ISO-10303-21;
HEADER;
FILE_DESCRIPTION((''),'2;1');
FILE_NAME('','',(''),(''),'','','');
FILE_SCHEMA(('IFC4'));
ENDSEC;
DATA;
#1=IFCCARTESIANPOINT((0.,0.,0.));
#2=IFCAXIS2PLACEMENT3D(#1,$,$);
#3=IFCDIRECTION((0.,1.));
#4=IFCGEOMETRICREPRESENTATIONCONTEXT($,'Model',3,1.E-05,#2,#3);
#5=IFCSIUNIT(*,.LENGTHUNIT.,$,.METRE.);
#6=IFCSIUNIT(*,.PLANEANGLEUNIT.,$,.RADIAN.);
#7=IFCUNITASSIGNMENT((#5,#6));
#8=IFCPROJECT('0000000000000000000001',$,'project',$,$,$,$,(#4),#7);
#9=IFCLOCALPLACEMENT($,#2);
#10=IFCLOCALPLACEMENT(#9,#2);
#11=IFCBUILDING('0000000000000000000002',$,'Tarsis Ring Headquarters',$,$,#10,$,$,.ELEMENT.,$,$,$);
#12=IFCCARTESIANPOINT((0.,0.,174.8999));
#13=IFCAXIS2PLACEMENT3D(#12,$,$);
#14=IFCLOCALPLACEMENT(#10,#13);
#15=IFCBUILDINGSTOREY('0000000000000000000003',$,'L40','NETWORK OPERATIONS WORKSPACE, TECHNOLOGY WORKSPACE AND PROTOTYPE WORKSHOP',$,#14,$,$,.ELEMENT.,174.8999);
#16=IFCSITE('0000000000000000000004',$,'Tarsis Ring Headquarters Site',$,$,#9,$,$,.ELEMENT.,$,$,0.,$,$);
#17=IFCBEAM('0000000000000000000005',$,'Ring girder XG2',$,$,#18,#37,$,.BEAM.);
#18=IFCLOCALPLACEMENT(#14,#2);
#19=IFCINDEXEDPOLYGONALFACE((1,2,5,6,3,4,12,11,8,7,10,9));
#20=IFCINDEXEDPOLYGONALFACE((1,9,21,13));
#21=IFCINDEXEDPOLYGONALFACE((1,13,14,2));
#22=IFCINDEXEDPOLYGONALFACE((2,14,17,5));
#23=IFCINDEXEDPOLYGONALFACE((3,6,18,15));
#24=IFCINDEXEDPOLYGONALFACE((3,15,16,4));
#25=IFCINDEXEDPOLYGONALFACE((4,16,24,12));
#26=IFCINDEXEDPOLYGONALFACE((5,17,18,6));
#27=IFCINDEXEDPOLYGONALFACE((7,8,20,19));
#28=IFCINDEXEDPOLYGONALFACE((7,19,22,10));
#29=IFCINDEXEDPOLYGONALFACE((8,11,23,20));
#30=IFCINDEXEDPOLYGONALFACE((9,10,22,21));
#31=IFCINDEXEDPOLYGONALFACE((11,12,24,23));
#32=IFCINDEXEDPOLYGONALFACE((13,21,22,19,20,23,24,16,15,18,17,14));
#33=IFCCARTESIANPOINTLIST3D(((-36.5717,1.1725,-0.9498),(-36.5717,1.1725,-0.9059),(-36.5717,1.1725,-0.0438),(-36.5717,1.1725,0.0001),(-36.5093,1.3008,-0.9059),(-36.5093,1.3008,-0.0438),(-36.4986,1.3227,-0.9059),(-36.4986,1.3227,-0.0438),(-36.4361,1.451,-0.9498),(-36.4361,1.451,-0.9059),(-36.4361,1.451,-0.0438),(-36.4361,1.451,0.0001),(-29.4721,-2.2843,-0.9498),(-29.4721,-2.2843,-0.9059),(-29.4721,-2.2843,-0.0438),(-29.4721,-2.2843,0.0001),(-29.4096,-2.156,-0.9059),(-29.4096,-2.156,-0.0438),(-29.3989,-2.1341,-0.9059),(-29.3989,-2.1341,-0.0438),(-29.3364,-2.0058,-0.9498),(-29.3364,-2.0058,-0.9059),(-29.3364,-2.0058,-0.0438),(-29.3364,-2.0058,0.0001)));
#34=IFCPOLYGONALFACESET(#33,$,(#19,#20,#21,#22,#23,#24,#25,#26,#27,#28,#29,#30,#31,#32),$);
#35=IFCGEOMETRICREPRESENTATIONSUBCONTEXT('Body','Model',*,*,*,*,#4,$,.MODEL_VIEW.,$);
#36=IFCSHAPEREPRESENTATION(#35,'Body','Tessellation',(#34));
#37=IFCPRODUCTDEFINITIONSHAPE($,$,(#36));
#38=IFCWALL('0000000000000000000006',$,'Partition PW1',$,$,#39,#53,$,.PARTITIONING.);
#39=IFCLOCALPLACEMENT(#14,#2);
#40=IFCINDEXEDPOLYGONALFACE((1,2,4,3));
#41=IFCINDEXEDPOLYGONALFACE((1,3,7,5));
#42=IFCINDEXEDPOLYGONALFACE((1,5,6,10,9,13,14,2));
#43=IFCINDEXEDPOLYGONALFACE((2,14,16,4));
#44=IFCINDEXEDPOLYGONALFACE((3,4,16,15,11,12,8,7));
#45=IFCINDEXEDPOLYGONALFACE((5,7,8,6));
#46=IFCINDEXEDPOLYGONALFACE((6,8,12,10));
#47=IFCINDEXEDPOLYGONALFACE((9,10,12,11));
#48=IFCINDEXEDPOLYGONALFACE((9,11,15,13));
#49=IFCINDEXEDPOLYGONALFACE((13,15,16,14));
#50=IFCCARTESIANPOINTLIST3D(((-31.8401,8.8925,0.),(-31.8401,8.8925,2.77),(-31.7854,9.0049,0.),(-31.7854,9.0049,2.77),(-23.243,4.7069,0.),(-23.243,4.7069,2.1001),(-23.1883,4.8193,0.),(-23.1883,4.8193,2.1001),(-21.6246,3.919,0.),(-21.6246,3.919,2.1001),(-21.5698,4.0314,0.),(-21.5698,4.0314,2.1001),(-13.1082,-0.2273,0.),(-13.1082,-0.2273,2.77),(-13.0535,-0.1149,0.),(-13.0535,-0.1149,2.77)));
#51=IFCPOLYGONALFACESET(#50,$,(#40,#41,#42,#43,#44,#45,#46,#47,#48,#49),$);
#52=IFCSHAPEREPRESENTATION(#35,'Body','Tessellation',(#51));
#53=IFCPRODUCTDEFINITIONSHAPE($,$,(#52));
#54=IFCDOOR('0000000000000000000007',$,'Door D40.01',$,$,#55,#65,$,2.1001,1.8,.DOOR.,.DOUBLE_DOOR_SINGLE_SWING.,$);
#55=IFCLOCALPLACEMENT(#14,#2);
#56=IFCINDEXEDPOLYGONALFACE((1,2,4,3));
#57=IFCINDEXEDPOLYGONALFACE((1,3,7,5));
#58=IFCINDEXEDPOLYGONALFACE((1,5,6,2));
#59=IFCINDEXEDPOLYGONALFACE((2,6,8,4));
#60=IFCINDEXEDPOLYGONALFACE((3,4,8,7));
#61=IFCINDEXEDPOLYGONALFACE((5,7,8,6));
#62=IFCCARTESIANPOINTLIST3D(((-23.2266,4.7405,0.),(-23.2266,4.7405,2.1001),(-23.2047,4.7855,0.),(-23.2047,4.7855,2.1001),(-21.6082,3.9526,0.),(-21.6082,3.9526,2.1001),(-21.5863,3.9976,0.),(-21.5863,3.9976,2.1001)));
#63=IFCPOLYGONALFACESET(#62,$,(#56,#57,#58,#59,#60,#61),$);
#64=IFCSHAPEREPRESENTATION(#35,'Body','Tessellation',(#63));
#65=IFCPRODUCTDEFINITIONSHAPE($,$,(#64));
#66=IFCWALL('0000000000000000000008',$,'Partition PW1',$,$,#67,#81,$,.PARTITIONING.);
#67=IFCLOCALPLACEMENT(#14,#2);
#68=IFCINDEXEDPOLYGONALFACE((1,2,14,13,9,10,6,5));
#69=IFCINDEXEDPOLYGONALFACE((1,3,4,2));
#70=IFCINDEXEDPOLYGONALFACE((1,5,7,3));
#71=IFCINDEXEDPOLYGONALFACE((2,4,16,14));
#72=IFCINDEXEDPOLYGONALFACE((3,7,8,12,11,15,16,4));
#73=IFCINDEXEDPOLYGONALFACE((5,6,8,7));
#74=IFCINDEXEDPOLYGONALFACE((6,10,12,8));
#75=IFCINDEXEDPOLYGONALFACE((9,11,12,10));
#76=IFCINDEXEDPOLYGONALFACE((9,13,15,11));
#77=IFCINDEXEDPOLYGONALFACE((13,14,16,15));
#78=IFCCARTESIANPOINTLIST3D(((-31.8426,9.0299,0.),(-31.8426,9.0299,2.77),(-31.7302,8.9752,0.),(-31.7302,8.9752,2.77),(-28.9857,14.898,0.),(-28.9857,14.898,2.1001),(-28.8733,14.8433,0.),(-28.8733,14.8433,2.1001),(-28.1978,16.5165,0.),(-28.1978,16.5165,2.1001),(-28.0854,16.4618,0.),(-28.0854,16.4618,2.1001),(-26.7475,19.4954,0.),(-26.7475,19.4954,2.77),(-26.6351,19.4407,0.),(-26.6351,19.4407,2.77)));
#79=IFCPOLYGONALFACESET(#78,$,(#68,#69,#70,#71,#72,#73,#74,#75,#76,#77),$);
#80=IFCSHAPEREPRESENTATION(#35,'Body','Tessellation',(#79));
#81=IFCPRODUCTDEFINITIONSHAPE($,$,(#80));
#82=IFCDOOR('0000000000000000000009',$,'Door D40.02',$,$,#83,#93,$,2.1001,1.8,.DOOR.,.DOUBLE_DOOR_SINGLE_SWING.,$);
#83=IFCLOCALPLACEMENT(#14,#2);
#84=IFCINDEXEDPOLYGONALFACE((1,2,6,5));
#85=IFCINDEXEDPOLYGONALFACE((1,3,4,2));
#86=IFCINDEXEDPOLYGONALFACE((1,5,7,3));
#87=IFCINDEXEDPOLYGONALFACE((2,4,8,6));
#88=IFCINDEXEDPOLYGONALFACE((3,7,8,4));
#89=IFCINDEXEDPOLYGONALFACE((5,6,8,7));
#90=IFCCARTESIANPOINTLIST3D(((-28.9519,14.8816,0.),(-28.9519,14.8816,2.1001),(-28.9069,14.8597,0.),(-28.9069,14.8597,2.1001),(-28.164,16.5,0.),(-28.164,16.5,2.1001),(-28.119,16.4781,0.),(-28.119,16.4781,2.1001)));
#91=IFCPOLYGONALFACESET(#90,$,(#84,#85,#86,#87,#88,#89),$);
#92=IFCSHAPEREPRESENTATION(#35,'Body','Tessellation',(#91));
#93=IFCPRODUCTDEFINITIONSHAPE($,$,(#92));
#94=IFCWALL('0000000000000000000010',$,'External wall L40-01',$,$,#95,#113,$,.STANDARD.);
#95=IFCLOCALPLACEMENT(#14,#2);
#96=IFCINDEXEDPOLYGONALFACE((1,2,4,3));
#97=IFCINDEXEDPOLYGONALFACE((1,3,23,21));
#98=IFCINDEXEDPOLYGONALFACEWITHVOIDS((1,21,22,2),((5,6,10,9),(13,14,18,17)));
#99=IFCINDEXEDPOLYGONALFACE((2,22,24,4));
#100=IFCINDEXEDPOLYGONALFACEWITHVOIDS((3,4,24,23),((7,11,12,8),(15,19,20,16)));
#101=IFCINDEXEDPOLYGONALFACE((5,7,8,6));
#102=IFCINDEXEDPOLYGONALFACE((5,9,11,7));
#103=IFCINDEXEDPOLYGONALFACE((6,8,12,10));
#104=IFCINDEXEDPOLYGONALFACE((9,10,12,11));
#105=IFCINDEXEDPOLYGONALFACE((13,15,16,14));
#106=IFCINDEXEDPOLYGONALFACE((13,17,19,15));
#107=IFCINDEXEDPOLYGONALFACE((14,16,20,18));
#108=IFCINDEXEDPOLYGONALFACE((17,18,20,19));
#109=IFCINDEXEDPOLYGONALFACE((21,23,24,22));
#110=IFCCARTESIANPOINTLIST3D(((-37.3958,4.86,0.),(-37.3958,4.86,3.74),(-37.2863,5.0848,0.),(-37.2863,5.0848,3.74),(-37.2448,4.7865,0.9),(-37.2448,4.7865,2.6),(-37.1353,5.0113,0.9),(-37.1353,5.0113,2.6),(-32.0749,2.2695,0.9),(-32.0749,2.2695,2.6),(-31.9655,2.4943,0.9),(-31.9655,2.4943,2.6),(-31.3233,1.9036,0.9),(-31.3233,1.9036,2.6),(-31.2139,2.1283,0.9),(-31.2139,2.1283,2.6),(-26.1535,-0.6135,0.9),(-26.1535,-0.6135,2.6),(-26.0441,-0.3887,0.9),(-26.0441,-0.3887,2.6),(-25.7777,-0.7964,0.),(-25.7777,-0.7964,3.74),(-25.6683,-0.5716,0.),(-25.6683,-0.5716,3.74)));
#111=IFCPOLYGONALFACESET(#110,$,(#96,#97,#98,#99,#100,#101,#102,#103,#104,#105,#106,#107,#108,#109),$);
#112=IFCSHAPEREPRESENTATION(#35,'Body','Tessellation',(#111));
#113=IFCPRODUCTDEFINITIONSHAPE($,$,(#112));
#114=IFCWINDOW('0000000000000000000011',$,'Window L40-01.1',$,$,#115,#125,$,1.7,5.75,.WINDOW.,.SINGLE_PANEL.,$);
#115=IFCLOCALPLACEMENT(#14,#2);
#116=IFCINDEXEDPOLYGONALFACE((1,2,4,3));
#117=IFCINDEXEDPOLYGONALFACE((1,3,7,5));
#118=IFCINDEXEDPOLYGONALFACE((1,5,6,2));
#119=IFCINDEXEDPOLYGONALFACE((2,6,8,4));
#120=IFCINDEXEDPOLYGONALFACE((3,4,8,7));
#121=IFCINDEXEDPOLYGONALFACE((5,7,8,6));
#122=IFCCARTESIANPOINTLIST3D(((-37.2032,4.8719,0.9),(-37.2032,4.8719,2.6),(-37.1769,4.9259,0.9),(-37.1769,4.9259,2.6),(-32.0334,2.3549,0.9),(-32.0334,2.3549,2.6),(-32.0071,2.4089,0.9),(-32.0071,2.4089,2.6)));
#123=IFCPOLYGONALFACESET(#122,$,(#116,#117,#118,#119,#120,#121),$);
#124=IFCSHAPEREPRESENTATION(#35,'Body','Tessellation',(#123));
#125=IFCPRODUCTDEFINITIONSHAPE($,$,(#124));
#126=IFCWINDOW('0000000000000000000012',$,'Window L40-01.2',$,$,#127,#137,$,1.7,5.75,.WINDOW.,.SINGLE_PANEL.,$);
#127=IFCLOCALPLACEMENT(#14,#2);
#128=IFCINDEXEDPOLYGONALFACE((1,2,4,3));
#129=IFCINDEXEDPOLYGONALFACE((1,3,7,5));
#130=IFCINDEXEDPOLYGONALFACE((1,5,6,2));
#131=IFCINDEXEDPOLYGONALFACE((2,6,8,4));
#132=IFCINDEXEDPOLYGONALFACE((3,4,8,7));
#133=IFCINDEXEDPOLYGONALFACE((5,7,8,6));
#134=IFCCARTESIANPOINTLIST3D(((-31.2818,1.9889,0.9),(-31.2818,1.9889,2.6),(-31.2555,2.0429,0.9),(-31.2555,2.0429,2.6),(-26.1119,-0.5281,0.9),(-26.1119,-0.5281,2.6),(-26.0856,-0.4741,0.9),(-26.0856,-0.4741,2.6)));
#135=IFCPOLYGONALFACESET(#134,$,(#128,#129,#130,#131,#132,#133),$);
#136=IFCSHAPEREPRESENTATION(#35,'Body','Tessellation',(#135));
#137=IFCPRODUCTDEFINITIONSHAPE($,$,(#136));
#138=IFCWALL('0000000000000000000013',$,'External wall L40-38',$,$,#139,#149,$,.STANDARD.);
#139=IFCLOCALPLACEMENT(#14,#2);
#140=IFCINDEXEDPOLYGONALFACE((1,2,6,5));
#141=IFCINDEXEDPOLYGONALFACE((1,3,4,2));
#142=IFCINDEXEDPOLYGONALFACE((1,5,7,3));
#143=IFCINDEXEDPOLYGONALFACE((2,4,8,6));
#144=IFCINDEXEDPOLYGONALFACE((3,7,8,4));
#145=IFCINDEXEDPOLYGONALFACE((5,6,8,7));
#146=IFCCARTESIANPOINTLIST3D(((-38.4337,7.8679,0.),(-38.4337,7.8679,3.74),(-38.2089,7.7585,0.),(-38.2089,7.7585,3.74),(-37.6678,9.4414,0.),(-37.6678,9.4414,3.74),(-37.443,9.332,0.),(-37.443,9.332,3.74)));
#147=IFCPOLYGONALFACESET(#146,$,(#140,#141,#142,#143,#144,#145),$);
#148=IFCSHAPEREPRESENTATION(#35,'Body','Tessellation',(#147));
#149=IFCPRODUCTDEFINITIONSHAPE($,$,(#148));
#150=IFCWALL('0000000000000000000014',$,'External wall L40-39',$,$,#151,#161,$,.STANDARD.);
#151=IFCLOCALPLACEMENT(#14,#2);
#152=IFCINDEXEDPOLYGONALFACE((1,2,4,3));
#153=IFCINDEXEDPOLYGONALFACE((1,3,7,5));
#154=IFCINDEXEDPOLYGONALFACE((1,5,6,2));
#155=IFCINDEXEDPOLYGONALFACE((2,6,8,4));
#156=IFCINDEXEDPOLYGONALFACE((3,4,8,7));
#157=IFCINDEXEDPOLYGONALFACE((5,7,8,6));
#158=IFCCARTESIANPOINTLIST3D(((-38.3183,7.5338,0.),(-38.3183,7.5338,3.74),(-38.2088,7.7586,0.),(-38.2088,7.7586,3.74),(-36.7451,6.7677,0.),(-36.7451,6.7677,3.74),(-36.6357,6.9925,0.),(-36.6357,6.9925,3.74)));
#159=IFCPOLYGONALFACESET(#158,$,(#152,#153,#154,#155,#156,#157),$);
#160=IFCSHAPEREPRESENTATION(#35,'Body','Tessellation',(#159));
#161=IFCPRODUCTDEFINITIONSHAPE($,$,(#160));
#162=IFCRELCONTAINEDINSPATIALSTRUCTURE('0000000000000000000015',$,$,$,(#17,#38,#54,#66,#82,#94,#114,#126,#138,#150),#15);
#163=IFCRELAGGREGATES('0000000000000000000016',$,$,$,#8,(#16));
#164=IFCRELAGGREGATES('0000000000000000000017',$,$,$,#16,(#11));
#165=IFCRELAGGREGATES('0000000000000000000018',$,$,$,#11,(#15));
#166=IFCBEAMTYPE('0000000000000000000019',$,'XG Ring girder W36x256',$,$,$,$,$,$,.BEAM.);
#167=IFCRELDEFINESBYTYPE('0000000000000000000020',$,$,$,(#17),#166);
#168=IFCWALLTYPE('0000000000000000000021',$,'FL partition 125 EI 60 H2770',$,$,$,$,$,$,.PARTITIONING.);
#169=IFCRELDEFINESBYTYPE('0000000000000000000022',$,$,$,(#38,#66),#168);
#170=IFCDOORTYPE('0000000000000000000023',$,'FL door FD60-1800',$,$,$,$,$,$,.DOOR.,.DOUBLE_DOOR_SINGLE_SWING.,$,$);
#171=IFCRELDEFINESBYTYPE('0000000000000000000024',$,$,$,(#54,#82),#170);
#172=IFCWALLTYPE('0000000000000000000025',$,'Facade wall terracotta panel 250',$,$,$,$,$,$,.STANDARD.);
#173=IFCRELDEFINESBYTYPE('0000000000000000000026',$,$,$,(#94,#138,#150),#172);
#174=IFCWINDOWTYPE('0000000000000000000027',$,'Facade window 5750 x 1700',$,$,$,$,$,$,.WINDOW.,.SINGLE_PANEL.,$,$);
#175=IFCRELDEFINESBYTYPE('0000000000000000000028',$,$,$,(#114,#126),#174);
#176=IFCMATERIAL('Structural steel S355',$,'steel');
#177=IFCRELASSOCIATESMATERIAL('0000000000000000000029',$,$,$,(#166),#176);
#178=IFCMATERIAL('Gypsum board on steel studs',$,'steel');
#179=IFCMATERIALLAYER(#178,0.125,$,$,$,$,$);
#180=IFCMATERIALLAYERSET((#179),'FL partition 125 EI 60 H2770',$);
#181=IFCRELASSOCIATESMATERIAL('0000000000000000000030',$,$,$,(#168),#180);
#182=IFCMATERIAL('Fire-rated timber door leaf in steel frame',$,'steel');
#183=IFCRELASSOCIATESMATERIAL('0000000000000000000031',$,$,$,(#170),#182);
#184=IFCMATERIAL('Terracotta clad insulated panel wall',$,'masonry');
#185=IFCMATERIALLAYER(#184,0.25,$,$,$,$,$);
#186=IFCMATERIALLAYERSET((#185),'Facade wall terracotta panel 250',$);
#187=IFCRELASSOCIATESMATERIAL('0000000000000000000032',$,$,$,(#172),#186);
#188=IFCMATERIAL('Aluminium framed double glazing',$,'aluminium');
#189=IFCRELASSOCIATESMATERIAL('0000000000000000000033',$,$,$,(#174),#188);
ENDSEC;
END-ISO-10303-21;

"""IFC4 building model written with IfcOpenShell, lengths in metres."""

from ifc_helpers import new_model, si_unit, direction, frame, frame_2d, origin, origin_2d, place, context, subcontext, project, spatial, rectangle, i_section, extrude, material, layer, layer_set, material_profile, profile_set, type_object, element, fill, save


model = new_model("IFC4")

# Units and contexts
model_context = context("Model", 3, precision=1e-05, world=origin(), true_north=direction((0.0, 1.0)))
body_context = subcontext(model_context, "Body", "Model", "MODEL_VIEW")
ifc_project = project(units=[si_unit("LENGTHUNIT", "METRE"), si_unit("PLANEANGLEUNIT", "RADIAN")], contexts=[model_context])

# Site, building, storey
site_placement = place(None, origin())
site = spatial("IfcSite", under=ifc_project, at=site_placement, Name="Tarsis Ring Headquarters Site", CompositionType="ELEMENT", RefElevation=0.0)
building_placement = place(site_placement, origin())
building = spatial("IfcBuilding", under=site, at=building_placement, Name="Tarsis Ring Headquarters", CompositionType="ELEMENT")
storey_placement = place(building_placement, frame((0.0, 0.0, 174.8999)))
storey = spatial("IfcBuildingStorey", under=building, at=storey_placement, Name="L40", Description="NETWORK OPERATIONS WORKSPACE, TECHNOLOGY WORKSPACE AND PROTOTYPE WORKSHOP", CompositionType="ELEMENT", Elevation=174.8999)

# Shared definitions
ifc_material_1 = material(Name="Structural steel S355", Category="steel")

# Beam
ifc_material_profile_1 = material_profile(ifc_material_1, i_section(OverallWidth=0.3098, OverallDepth=0.95, WebThickness=0.0244, FlangeThickness=0.0439, at=origin_2d()), Name="W36x256")
ifc_profile_set_1 = profile_set([ifc_material_profile_1], Name="Structural steel S355")
beam_type = type_object("IfcBeamType", Name="XG Ring girder W36x256", PredefinedType="BEAM", material=ifc_profile_set_1)
beam_1_placement = place(storey_placement, frame((-36.5039, 1.3118, -0.4749), z_axis=(0.899089, -0.437765, 0.0), x_axis=(0.437765, 0.899089, 0.0)))
element("IfcBeam", 1, at=beam_1_placement, inside=storey, type_object=beam_type, Name="Ring girder XG2", PredefinedType="BEAM", context=body_context, shape_type="SweptSolid", body=[
    extrude(i_section(OverallWidth=0.3098, OverallDepth=0.95, WebThickness=0.0244, FlangeThickness=0.0439, at=origin_2d()), origin(), (0.0, 0.0, 1.0), 7.8965),
])

# Walls, openings, doors
ifc_material_2 = material(Name="Gypsum board on steel studs", Category="steel")
ifc_layer_1 = layer(ifc_material_2, 0.125)
ifc_layer_set_1 = layer_set([ifc_layer_1], Name="FL partition 125 EI 60 H2770")
wall_type_1 = type_object("IfcWallType", Name="FL partition 125 EI 60 H2770", PredefinedType="PARTITIONING", material=ifc_layer_set_1)
wall_1_placement = place(storey_placement, frame((-31.8127, 8.9487, 0.0), z_axis=(0.0, 0.0, 1.0), x_axis=(0.899102, -0.437739, 0.0)))
wall_1 = element("IfcWall", 2, at=wall_1_placement, inside=storey, type_object=wall_type_1, Name="Partition PW1", PredefinedType="PARTITIONING", context=body_context, shape_type="SweptSolid", body=[
    extrude(rectangle(XDim=20.834, YDim=0.125, at=frame_2d((10.417, 0.0))), origin(), (0.0, 0.0, 1.0), 2.77),
])
opening_1_placement = place(wall_1_placement, frame((9.562, 0.0, 0.0)))
opening_1 = element("IfcOpeningElement", 3, at=opening_1_placement, cuts=wall_1, PredefinedType="OPENING", context=body_context, shape_type="SweptSolid", body=[
    extrude(rectangle(XDim=1.8, YDim=2.1001, at=frame_2d((0.8999, 1.05))), frame((0.0, 0.0725, 0.0), z_axis=(0.0, -1.0, 0.0), x_axis=(1.0, 0.0, 0.0)), (0.0, 0.0, 1.0), 0.145),
])
ifc_material_3 = material(Name="Fire-rated timber door leaf in steel frame", Category="steel")
door_type = type_object("IfcDoorType", Name="FL door FD60-1800", OperationType="DOUBLE_DOOR_SINGLE_SWING", PredefinedType="DOOR", material=ifc_material_3)
door_1_placement = place(opening_1_placement, origin())
door_1 = element("IfcDoor", 4, at=door_1_placement, inside=storey, type_object=door_type, Name="Door D40.01", OperationType="DOUBLE_DOOR_SINGLE_SWING", OverallHeight=2.1001, OverallWidth=1.8, PredefinedType="DOOR", context=body_context, shape_type="SweptSolid", body=[
    extrude(rectangle(XDim=1.8, YDim=2.1001, at=frame_2d((0.8999, 1.05))), frame((0.0, 0.0249, 0.0), z_axis=(0.0, -1.0, 0.0), x_axis=(1.0, 0.0, 0.0)), (0.0, 0.0, 1.0), 0.05),
])
fill(opening_1, door_1)
wall_2_placement = place(storey_placement, frame((-31.7864, 9.0027, 0.0), z_axis=(0.0, 0.0, 1.0), x_axis=(0.437733, 0.899105, 0.0)))
wall_2 = element("IfcWall", 5, at=wall_2_placement, inside=storey, type_object=wall_type_1, Name="Partition PW1", PredefinedType="PARTITIONING", context=body_context, shape_type="SweptSolid", body=[
    extrude(rectangle(XDim=11.6399, YDim=0.125, at=frame_2d((5.8198, 0.0))), origin(), (0.0, 0.0, 1.0), 2.77),
])
opening_2_placement = place(wall_2_placement, frame((6.5266, 0.0, 0.0)))
opening_2 = element("IfcOpeningElement", 6, at=opening_2_placement, cuts=wall_2, PredefinedType="OPENING", context=body_context, shape_type="SweptSolid", body=[
    extrude(rectangle(XDim=1.8, YDim=2.1001, at=frame_2d((0.8999, 1.05))), frame((0.0, 0.0725, 0.0), z_axis=(0.0, -1.0, 0.0), x_axis=(1.0, 0.0, 0.0)), (0.0, 0.0, 1.0), 0.145),
])
door_2_placement = place(opening_2_placement, origin())
door_2 = element("IfcDoor", 7, at=door_2_placement, inside=storey, type_object=door_type, Name="Door D40.02", OperationType="DOUBLE_DOOR_SINGLE_SWING", OverallHeight=2.1001, OverallWidth=1.8, PredefinedType="DOOR", context=body_context, shape_type="SweptSolid", body=[
    extrude(rectangle(XDim=1.8, YDim=2.1001, at=frame_2d((0.8999, 1.05))), frame((0.0, 0.0249, 0.0), z_axis=(0.0, -1.0, 0.0), x_axis=(1.0, 0.0, 0.0)), (0.0, 0.0, 1.0), 0.05),
])
fill(opening_2, door_2)

# Wall, openings, windows
ifc_material_4 = material(Name="Terracotta clad insulated panel wall", Category="masonry")
ifc_layer_2 = layer(ifc_material_4, 0.25)
ifc_layer_set_2 = layer_set([ifc_layer_2], Name="Facade wall terracotta panel 250")
wall_type_2 = type_object("IfcWallType", Name="Facade wall terracotta panel 250", PredefinedType="STANDARD", material=ifc_layer_set_2)
wall_3_placement = place(storey_placement, frame((-37.3411, 4.9724, 0.0), z_axis=(0.0, 0.0, 1.0), x_axis=(0.899101, -0.437742, 0.0)))
wall_3 = element("IfcWall", 8, at=wall_3_placement, inside=storey, type_object=wall_type_2, Name="External wall L40-01", PredefinedType="STANDARD", context=body_context, shape_type="SweptSolid", body=[
    extrude(rectangle(XDim=12.9219, YDim=0.25, at=frame_2d((6.4609, 0.0))), origin(), (0.0, 0.0, 1.0), 3.74),
])
opening_3_placement = place(wall_3_placement, frame((0.168, 0.0, 0.8999)))
opening_3 = element("IfcOpeningElement", 9, at=opening_3_placement, cuts=wall_3, PredefinedType="OPENING", context=body_context, shape_type="SweptSolid", body=[
    extrude(rectangle(XDim=5.75, YDim=1.7, at=frame_2d((2.875, 0.8501))), frame((0.0, 0.135, 0.0), z_axis=(0.0, -1.0, 0.0), x_axis=(1.0, 0.0, 0.0)), (0.0, 0.0, 1.0), 0.27),
])
opening_4_placement = place(wall_3_placement, frame((6.7539, 0.0, 0.8999)))
opening_4 = element("IfcOpeningElement", 10, at=opening_4_placement, cuts=wall_3, PredefinedType="OPENING", context=body_context, shape_type="SweptSolid", body=[
    extrude(rectangle(XDim=5.75, YDim=1.7, at=frame_2d((2.875, 0.8501))), frame((0.0, 0.135, 0.0), z_axis=(0.0, -1.0, 0.0), x_axis=(1.0, 0.0, 0.0)), (0.0, 0.0, 1.0), 0.27),
])
ifc_material_5 = material(Name="Aluminium framed double glazing", Category="aluminium")
window_type = type_object("IfcWindowType", Name="Facade window 5750 x 1700", PartitioningType="SINGLE_PANEL", PredefinedType="WINDOW", material=ifc_material_5)
window_1_placement = place(opening_3_placement, origin())
window_1 = element("IfcWindow", 11, at=window_1_placement, inside=storey, type_object=window_type, Name="Window L40-01.1", OverallHeight=1.7, OverallWidth=5.75, PartitioningType="SINGLE_PANEL", PredefinedType="WINDOW", context=body_context, shape_type="SweptSolid", body=[
    extrude(rectangle(XDim=5.75, YDim=1.7, at=frame_2d((2.875, 0.8501))), frame((0.0, 0.03, 0.0), z_axis=(0.0, -1.0, 0.0), x_axis=(1.0, 0.0, 0.0)), (0.0, 0.0, 1.0), 0.0601),
])
fill(opening_3, window_1)
window_2_placement = place(opening_4_placement, origin())
window_2 = element("IfcWindow", 12, at=window_2_placement, inside=storey, type_object=window_type, Name="Window L40-01.2", OverallHeight=1.7, OverallWidth=5.75, PartitioningType="SINGLE_PANEL", PredefinedType="WINDOW", context=body_context, shape_type="SweptSolid", body=[
    extrude(rectangle(XDim=5.75, YDim=1.7, at=frame_2d((2.875, 0.8501))), frame((0.0, 0.03, 0.0), z_axis=(0.0, -1.0, 0.0), x_axis=(1.0, 0.0, 0.0)), (0.0, 0.0, 1.0), 0.0601),
])
fill(opening_4, window_2)

# Walls
wall_4_placement = place(storey_placement, frame((-37.5554, 9.3867, 0.0), z_axis=(0.0, 0.0, 1.0), x_axis=(-0.437646, -0.899148, 0.0)))
element("IfcWall", 13, at=wall_4_placement, inside=storey, type_object=wall_type_2, Name="External wall L40-38", PredefinedType="STANDARD", context=body_context, shape_type="SweptSolid", body=[
    extrude(rectangle(XDim=1.75, YDim=0.25, at=frame_2d((0.875, 0.0))), origin(), (0.0, 0.0, 1.0), 3.74),
])
wall_5_placement = place(storey_placement, frame((-38.2637, 7.6462, 0.0), z_axis=(0.0, 0.0, 1.0), x_axis=(0.899066, -0.437813, 0.0)))
element("IfcWall", 14, at=wall_5_placement, inside=storey, type_object=wall_type_2, Name="External wall L40-39", PredefinedType="STANDARD", context=body_context, shape_type="SweptSolid", body=[
    extrude(rectangle(XDim=1.7498, YDim=0.25, at=frame_2d((0.875, 0.0))), origin(), (0.0, 0.0, 1.0), 3.74),
])

save(model, "model.ifc")
